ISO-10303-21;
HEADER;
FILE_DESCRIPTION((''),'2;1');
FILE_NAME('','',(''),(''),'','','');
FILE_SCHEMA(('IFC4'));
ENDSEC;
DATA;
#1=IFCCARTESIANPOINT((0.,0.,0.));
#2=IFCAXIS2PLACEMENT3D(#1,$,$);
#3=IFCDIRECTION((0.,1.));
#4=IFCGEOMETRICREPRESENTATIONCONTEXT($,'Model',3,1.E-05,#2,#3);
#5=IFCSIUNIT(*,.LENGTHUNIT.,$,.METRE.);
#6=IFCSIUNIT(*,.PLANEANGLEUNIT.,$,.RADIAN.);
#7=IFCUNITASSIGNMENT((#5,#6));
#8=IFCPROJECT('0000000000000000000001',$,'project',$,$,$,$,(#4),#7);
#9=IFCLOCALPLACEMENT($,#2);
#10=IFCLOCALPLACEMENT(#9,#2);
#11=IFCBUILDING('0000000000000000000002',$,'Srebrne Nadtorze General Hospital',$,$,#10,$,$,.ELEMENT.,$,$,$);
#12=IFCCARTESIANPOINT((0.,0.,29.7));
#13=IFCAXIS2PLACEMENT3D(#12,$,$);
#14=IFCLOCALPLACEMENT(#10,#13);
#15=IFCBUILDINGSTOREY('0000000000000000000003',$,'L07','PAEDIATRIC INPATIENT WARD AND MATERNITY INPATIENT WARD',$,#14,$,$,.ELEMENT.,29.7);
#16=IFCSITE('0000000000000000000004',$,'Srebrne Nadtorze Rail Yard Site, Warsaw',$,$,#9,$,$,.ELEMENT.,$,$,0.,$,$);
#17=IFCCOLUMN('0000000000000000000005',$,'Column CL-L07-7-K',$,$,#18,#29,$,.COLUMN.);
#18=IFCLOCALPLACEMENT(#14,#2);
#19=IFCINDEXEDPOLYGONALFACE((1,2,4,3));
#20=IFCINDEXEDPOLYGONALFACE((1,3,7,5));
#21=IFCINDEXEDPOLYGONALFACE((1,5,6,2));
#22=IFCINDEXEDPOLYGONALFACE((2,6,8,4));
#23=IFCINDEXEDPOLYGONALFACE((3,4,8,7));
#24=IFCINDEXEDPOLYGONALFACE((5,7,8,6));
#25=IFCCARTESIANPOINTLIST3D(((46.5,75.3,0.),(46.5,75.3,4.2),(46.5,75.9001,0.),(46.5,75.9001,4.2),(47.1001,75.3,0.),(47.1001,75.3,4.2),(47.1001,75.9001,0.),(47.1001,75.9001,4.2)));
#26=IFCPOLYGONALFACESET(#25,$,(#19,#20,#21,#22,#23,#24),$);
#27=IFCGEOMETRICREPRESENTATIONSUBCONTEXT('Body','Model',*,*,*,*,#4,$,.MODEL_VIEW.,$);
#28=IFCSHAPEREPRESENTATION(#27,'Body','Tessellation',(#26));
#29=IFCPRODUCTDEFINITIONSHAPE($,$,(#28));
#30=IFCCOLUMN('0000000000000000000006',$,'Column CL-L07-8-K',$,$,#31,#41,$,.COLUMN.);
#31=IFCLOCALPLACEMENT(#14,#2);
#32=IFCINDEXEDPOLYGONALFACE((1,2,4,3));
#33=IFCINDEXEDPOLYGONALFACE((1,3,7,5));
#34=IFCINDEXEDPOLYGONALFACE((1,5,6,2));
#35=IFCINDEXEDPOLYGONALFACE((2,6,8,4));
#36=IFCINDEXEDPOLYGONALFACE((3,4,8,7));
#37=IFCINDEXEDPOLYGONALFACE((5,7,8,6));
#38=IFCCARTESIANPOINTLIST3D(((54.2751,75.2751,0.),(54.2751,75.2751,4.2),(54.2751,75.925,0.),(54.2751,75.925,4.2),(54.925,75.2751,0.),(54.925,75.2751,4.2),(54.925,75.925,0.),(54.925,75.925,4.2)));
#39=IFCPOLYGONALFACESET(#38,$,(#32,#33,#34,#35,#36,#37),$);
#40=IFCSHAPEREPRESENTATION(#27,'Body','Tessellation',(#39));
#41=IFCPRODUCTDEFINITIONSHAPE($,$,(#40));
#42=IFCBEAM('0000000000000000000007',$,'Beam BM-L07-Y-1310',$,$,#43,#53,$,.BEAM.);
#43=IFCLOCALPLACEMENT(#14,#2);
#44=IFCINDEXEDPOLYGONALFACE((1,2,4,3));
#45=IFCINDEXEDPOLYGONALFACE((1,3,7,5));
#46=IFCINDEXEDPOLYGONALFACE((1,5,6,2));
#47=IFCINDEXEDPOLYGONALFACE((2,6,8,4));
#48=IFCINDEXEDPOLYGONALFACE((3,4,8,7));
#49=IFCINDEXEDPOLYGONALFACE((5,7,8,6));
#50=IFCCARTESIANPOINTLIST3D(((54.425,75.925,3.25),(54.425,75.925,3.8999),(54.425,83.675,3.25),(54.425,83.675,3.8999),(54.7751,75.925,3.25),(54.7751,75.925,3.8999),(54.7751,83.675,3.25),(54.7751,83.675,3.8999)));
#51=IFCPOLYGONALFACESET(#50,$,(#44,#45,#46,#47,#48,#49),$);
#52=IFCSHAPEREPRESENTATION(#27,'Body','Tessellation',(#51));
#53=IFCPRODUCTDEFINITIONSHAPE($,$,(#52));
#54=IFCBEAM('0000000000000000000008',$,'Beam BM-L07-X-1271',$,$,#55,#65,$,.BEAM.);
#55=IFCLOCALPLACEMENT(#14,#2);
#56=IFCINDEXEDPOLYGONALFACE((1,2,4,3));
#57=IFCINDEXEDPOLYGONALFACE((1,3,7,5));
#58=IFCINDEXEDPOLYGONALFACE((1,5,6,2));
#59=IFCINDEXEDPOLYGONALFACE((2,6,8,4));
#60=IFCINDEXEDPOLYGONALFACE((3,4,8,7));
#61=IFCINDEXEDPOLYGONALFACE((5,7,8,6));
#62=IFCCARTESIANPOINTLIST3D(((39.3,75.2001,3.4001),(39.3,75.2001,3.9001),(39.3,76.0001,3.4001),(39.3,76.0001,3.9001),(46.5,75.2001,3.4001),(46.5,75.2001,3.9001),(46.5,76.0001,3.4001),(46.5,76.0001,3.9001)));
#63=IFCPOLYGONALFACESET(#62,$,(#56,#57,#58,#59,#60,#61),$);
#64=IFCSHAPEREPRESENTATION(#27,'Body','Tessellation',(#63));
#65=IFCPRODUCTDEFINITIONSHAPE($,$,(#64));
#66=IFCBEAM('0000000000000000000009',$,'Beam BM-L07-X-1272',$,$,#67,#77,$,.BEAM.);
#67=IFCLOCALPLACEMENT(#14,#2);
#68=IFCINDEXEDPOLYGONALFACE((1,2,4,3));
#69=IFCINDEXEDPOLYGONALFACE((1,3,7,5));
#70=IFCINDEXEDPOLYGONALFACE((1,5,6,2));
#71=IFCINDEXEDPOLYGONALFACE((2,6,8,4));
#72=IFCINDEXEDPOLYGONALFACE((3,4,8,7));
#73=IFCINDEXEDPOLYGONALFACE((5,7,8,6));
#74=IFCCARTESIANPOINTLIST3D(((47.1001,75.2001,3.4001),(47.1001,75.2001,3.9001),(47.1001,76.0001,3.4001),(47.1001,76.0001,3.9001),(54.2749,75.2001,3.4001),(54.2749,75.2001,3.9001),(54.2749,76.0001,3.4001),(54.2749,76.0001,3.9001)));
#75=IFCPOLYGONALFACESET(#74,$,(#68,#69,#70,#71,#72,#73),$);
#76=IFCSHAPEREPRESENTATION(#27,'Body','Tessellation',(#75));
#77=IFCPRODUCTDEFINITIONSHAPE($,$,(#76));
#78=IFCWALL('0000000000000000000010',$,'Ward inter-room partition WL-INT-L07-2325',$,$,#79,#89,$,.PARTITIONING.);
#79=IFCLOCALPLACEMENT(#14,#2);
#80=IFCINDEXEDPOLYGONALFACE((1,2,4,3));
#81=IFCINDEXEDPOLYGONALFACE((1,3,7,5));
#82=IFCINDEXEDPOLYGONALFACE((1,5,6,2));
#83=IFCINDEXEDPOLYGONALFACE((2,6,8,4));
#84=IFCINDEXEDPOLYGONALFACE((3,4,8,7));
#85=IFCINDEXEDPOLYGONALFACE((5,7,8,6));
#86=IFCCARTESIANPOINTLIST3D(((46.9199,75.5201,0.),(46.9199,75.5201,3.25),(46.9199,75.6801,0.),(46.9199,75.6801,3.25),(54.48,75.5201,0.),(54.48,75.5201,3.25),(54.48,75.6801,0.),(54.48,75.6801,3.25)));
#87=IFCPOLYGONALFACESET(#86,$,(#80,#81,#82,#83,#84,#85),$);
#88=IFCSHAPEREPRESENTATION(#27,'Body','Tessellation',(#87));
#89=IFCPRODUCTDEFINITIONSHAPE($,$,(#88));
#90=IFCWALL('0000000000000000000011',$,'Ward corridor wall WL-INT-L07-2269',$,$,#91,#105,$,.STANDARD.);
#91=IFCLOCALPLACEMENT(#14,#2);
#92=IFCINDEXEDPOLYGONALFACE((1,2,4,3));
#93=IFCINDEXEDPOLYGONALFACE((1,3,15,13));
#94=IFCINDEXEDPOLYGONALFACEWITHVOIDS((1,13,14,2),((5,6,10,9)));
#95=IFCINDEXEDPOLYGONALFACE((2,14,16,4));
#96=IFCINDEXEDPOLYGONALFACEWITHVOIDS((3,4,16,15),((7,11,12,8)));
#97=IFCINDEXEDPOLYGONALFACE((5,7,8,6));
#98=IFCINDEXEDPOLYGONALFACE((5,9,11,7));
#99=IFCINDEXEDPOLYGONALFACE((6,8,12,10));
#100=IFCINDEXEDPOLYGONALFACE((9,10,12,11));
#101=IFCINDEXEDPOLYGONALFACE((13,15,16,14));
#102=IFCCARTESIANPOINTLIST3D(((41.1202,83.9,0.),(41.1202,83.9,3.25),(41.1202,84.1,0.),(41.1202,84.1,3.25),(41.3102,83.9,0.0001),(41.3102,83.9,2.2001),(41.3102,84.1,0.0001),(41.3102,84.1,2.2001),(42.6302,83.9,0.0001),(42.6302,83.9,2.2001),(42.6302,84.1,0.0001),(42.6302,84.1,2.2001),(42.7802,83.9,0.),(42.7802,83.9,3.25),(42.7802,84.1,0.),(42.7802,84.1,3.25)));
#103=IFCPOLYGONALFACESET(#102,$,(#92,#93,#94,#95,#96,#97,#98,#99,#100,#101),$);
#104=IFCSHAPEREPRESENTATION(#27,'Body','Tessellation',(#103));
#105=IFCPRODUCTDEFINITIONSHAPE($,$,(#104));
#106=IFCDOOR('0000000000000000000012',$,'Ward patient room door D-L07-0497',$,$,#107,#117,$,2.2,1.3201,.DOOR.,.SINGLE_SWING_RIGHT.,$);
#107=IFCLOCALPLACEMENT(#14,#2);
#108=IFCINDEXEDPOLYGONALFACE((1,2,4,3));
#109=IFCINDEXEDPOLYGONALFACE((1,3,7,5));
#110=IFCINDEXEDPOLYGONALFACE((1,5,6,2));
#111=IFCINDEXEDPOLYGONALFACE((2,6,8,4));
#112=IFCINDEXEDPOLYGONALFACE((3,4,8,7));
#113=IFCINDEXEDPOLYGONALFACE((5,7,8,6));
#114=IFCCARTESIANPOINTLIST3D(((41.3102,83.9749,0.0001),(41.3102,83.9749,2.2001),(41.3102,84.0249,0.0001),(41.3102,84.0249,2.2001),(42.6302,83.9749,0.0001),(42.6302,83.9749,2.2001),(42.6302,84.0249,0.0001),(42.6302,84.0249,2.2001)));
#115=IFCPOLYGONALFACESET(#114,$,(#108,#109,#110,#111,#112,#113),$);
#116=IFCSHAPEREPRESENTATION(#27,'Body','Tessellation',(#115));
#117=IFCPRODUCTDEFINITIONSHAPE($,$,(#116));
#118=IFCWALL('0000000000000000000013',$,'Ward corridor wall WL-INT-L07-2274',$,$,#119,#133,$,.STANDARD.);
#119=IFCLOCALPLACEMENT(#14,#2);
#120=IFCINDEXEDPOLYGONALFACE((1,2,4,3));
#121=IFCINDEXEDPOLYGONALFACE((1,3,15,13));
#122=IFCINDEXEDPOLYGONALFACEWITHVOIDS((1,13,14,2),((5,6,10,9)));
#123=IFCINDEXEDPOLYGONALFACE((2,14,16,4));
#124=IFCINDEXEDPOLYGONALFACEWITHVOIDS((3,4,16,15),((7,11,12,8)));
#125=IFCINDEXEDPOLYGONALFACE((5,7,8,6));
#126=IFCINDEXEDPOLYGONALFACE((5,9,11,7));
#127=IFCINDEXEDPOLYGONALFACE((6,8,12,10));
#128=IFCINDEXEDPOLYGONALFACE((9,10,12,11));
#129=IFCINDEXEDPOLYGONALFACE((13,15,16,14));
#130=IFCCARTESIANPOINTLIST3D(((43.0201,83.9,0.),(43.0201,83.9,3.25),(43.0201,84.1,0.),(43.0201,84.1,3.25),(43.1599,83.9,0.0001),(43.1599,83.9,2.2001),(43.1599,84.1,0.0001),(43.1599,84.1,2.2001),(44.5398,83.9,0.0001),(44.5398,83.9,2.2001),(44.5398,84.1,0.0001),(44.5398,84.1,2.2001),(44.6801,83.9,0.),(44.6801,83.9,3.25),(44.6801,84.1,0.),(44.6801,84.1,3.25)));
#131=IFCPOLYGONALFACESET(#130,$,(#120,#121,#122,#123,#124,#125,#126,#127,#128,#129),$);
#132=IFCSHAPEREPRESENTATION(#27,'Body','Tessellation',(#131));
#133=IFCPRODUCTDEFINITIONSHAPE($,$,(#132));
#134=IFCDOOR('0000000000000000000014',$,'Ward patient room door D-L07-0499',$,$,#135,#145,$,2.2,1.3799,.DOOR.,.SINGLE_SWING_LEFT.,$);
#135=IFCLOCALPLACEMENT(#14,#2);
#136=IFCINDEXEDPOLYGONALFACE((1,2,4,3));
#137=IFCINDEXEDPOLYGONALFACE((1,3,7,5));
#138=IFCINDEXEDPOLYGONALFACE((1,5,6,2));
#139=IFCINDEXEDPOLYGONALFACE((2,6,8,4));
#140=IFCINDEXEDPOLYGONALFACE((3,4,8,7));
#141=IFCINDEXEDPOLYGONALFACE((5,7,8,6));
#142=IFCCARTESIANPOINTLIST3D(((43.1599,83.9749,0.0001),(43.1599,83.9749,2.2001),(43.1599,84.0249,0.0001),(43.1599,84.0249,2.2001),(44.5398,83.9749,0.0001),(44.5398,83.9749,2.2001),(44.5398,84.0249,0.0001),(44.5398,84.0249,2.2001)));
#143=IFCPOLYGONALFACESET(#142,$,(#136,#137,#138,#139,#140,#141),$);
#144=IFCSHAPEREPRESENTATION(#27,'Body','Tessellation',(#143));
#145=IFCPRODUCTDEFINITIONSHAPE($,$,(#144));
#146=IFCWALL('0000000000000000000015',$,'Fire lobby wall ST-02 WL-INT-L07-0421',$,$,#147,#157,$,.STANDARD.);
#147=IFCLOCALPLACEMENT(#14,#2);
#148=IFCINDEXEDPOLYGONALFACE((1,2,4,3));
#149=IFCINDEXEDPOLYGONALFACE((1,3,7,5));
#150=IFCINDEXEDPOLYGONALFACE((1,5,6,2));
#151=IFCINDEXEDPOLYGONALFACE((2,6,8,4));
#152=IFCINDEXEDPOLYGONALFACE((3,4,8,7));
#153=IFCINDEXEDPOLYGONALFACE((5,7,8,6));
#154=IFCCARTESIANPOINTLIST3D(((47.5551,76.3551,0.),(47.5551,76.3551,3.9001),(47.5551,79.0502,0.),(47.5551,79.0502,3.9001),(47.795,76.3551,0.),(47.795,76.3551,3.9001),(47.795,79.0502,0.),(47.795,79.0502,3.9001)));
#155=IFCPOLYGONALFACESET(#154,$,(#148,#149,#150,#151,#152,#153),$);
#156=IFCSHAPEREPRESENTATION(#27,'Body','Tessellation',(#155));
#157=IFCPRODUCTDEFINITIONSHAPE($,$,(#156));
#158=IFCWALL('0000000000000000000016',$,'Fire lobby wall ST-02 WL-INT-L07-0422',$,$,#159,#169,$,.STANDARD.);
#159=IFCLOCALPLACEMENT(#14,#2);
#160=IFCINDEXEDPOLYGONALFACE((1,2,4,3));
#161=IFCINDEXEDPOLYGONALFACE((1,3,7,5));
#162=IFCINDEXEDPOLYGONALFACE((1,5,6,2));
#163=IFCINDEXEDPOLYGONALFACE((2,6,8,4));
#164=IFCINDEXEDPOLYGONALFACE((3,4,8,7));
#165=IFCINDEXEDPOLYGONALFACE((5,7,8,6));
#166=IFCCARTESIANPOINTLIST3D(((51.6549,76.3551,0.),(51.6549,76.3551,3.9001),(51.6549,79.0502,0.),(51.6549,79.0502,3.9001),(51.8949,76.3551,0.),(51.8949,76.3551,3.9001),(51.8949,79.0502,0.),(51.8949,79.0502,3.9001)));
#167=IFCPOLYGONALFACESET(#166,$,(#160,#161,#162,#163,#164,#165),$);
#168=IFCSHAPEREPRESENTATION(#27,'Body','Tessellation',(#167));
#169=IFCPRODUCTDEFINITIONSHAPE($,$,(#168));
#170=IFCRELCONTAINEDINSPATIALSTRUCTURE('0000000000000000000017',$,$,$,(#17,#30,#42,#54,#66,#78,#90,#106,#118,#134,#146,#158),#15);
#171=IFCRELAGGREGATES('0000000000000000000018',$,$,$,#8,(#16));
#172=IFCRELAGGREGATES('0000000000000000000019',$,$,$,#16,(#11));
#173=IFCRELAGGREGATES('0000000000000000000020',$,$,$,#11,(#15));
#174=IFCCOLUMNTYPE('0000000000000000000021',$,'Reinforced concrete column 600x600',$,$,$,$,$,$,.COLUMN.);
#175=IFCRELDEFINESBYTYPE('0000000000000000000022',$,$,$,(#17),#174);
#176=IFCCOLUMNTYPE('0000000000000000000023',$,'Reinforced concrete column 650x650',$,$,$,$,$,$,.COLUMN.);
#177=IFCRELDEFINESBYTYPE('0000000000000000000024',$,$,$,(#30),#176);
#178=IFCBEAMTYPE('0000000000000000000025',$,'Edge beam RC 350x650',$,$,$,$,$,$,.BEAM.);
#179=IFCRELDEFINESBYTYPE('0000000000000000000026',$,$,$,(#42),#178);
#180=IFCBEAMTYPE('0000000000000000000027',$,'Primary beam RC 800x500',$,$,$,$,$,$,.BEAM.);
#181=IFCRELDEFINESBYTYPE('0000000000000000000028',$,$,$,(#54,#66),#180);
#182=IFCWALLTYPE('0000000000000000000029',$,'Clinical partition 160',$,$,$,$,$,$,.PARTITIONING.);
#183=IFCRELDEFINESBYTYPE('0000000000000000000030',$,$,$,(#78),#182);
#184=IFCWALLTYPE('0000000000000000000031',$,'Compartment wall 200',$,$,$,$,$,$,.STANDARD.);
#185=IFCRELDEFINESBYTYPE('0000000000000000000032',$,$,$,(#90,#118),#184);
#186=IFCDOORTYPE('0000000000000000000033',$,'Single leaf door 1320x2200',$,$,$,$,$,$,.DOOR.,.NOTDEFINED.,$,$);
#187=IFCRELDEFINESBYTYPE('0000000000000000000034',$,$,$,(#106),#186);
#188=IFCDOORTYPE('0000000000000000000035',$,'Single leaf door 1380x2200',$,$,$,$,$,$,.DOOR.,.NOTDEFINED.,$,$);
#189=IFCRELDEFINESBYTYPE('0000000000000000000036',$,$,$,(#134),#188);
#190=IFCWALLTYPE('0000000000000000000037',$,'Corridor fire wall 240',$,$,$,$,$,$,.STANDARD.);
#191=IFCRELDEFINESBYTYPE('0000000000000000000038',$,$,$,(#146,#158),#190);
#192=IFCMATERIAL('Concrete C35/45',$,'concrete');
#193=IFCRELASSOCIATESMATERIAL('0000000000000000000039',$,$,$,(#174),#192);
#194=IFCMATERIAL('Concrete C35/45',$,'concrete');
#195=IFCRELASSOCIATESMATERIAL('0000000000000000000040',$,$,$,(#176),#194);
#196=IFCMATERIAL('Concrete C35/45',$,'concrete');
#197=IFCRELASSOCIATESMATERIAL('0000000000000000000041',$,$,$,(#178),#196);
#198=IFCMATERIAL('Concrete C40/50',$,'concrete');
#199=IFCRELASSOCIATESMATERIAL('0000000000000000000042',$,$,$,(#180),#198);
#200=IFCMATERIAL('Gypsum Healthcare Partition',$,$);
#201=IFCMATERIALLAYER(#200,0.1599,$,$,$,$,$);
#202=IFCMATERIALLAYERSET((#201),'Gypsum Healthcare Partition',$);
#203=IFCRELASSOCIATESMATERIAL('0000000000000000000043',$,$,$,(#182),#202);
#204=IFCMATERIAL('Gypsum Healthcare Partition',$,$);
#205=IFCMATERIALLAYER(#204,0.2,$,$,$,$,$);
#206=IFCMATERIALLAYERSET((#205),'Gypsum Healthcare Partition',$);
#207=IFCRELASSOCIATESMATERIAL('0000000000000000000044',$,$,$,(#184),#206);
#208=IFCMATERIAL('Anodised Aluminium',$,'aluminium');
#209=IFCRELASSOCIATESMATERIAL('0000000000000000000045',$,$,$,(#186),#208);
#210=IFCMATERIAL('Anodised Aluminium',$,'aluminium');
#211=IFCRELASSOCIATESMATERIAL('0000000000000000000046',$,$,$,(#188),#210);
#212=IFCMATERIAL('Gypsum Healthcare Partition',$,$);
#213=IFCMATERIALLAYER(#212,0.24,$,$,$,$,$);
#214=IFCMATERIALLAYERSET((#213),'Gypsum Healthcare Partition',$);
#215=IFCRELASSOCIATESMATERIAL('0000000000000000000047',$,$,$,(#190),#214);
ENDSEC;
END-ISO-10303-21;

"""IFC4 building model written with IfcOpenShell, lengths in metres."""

from ifc_helpers import new_model, si_unit, direction, frame, frame_2d, origin, origin_2d, place, context, subcontext, project, spatial, rectangle, extrude, material, layer, layer_set, material_profile, profile_set, type_object, element, fill, save


model = new_model("IFC4")

# Units and contexts
model_context = context("Model", 3, precision=1e-05, world=origin(), true_north=direction((0.0, 1.0)))
body_context = subcontext(model_context, "Body", "Model", "MODEL_VIEW")
ifc_project = project(units=[si_unit("LENGTHUNIT", "METRE"), si_unit("PLANEANGLEUNIT", "RADIAN")], contexts=[model_context])

# Site, building, storey
site_placement = place(None, origin())
site = spatial("IfcSite", under=ifc_project, at=site_placement, Name="Srebrne Nadtorze Rail Yard Site, Warsaw", CompositionType="ELEMENT", RefElevation=0.0)
building_placement = place(site_placement, origin())
building = spatial("IfcBuilding", under=site, at=building_placement, Name="Srebrne Nadtorze General Hospital", CompositionType="ELEMENT")
storey_placement = place(building_placement, frame((0.0, 0.0, 29.7)))
storey = spatial("IfcBuildingStorey", under=building, at=storey_placement, Name="L07", Description="PAEDIATRIC INPATIENT WARD AND MATERNITY INPATIENT WARD", CompositionType="ELEMENT", Elevation=29.7)

# Columns
ifc_material_1 = material(Name="Concrete C35/45", Category="concrete")
ifc_material_profile_1 = material_profile(ifc_material_1, rectangle(XDim=0.6001, YDim=0.6001, at=origin_2d()), Name="RC-COL-600x600")
ifc_profile_set_1 = profile_set([ifc_material_profile_1], Name="Concrete C35/45")
column_type_1 = type_object("IfcColumnType", Name="Reinforced concrete column 600x600", PredefinedType="COLUMN", material=ifc_profile_set_1)
column_1_placement = place(storey_placement, frame((46.8, 75.6001, 0.0), z_axis=(0.0, 0.0, 1.0), x_axis=(1.0, 0.0, 0.0)))
element("IfcColumn", 1, at=column_1_placement, inside=storey, type_object=column_type_1, Name="Column CL-L07-7-K", PredefinedType="COLUMN", context=body_context, shape_type="SweptSolid", body=[
    extrude(rectangle(XDim=0.6001, YDim=0.6001, at=origin_2d()), origin(), (0.0, 0.0, 1.0), 4.2),
])
ifc_material_2 = material(Name="Concrete C35/45", Category="concrete")
ifc_material_profile_2 = material_profile(ifc_material_2, rectangle(XDim=0.6499, YDim=0.6499, at=origin_2d()), Name="RC-COL-650x650")
ifc_profile_set_2 = profile_set([ifc_material_profile_2], Name="Concrete C35/45")
column_type_2 = type_object("IfcColumnType", Name="Reinforced concrete column 650x650", PredefinedType="COLUMN", material=ifc_profile_set_2)
column_2_placement = place(storey_placement, frame((54.6001, 75.6001, 0.0), z_axis=(0.0, 0.0, 1.0), x_axis=(1.0, 0.0, 0.0)))
element("IfcColumn", 2, at=column_2_placement, inside=storey, type_object=column_type_2, Name="Column CL-L07-8-K", PredefinedType="COLUMN", context=body_context, shape_type="SweptSolid", body=[
    extrude(rectangle(XDim=0.6499, YDim=0.6499, at=origin_2d()), origin(), (0.0, 0.0, 1.0), 4.2),
])

# Beams
ifc_material_3 = material(Name="Concrete C35/45", Category="concrete")
ifc_material_profile_3 = material_profile(ifc_material_3, rectangle(XDim=0.3501, YDim=0.6499, at=origin_2d()), Name="RC-BM-350x650")
ifc_profile_set_3 = profile_set([ifc_material_profile_3], Name="Concrete C35/45")
beam_type_1 = type_object("IfcBeamType", Name="Edge beam RC 350x650", PredefinedType="BEAM", material=ifc_profile_set_3)
beam_1_placement = place(storey_placement, frame((54.6001, 75.925, 3.575), z_axis=(0.0, 1.0, 0.0), x_axis=(-1.0, 0.0, 0.0)))
element("IfcBeam", 3, at=beam_1_placement, inside=storey, type_object=beam_type_1, Name="Beam BM-L07-Y-1310", PredefinedType="BEAM", context=body_context, shape_type="SweptSolid", body=[
    extrude(rectangle(XDim=0.3501, YDim=0.6499, at=origin_2d()), origin(), (0.0, 0.0, 1.0), 7.75),
])
ifc_material_4 = material(Name="Concrete C40/50", Category="concrete")
ifc_material_profile_4 = material_profile(ifc_material_4, rectangle(XDim=0.8, YDim=0.5, at=origin_2d()), Name="RC-BM-800x500")
ifc_profile_set_4 = profile_set([ifc_material_profile_4], Name="Concrete C40/50")
beam_type_2 = type_object("IfcBeamType", Name="Primary beam RC 800x500", PredefinedType="BEAM", material=ifc_profile_set_4)
beam_2_placement = place(storey_placement, frame((39.3, 75.6001, 3.6501), z_axis=(1.0, 0.0, 0.0), x_axis=(0.0, 1.0, 0.0)))
element("IfcBeam", 4, at=beam_2_placement, inside=storey, type_object=beam_type_2, Name="Beam BM-L07-X-1271", PredefinedType="BEAM", context=body_context, shape_type="SweptSolid", body=[
    extrude(rectangle(XDim=0.8, YDim=0.5, at=origin_2d()), origin(), (0.0, 0.0, 1.0), 7.2),
])
beam_3_placement = place(storey_placement, frame((47.1001, 75.6001, 3.6501), z_axis=(1.0, 0.0, 0.0), x_axis=(0.0, 1.0, 0.0)))
element("IfcBeam", 5, at=beam_3_placement, inside=storey, type_object=beam_type_2, Name="Beam BM-L07-X-1272", PredefinedType="BEAM", context=body_context, shape_type="SweptSolid", body=[
    extrude(rectangle(XDim=0.8, YDim=0.5, at=origin_2d()), origin(), (0.0, 0.0, 1.0), 7.1748),
])

# Wall
ifc_material_5 = material(Name="Gypsum Healthcare Partition")
ifc_layer_1 = layer(ifc_material_5, 0.1599)
ifc_layer_set_1 = layer_set([ifc_layer_1], Name="Gypsum Healthcare Partition")
wall_type_1 = type_object("IfcWallType", Name="Clinical partition 160", PredefinedType="PARTITIONING", material=ifc_layer_set_1)
wall_1_placement = place(storey_placement, frame((46.9199, 75.6001, 0.0), z_axis=(0.0, 0.0, 1.0), x_axis=(1.0, 0.0, 0.0)))
element("IfcWall", 6, at=wall_1_placement, inside=storey, type_object=wall_type_1, Name="Ward inter-room partition WL-INT-L07-2325", PredefinedType="PARTITIONING", context=body_context, shape_type="SweptSolid", body=[
    extrude(rectangle(XDim=7.5601, YDim=0.1599, at=frame_2d((3.78, 0.0))), origin(), (0.0, 0.0, 1.0), 3.25),
])

# Walls, openings, doors
ifc_material_6 = material(Name="Gypsum Healthcare Partition")
ifc_layer_2 = layer(ifc_material_6, 0.2)
ifc_layer_set_2 = layer_set([ifc_layer_2], Name="Gypsum Healthcare Partition")
wall_type_2 = type_object("IfcWallType", Name="Compartment wall 200", PredefinedType="STANDARD", material=ifc_layer_set_2)
wall_2_placement = place(storey_placement, frame((41.1201, 84.0, 0.0), z_axis=(0.0, 0.0, 1.0), x_axis=(1.0, 0.0, 0.0)))
wall_2 = element("IfcWall", 7, at=wall_2_placement, inside=storey, type_object=wall_type_2, Name="Ward corridor wall WL-INT-L07-2269", PredefinedType="STANDARD", context=body_context, shape_type="SweptSolid", body=[
    extrude(rectangle(XDim=1.6599, YDim=0.2, at=frame_2d((0.8301, 0.0))), origin(), (0.0, 0.0, 1.0), 3.25),
])
opening_1_placement = place(wall_2_placement, frame((0.1899, 0.0, 0.0)))
opening_1 = element("IfcOpeningElement", 8, at=opening_1_placement, cuts=wall_2, PredefinedType="OPENING", context=body_context, shape_type="SweptSolid", body=[
    extrude(rectangle(XDim=1.3201, YDim=2.2, at=frame_2d((0.6602, 1.1001))), frame((0.0, 0.1118, 0.0), z_axis=(0.0, -1.0, 0.0), x_axis=(1.0, 0.0, 0.0)), (0.0, 0.0, 1.0), 0.2239),
])
ifc_material_7 = material(Name="Anodised Aluminium", Category="aluminium")
door_type_1 = type_object("IfcDoorType", Name="Single leaf door 1320x2200", OperationType="NOTDEFINED", PredefinedType="DOOR", material=ifc_material_7)
door_1_placement = place(opening_1_placement, origin())
door_1 = element("IfcDoor", 9, at=door_1_placement, inside=storey, type_object=door_type_1, Name="Ward patient room door D-L07-0497", OperationType="SINGLE_SWING_RIGHT", OverallHeight=2.2, OverallWidth=1.3201, PredefinedType="DOOR", context=body_context, shape_type="SweptSolid", body=[
    extrude(rectangle(XDim=1.3201, YDim=2.2, at=frame_2d((0.6602, 1.1001))), frame((0.0, 0.0249, 0.0), z_axis=(0.0, -1.0, 0.0), x_axis=(1.0, 0.0, 0.0)), (0.0, 0.0, 1.0), 0.05),
])
fill(opening_1, door_1)
wall_3_placement = place(storey_placement, frame((43.02, 84.0, 0.0), z_axis=(0.0, 0.0, 1.0), x_axis=(1.0, 0.0, 0.0)))
wall_3 = element("IfcWall", 10, at=wall_3_placement, inside=storey, type_object=wall_type_2, Name="Ward corridor wall WL-INT-L07-2274", PredefinedType="STANDARD", context=body_context, shape_type="SweptSolid", body=[
    extrude(rectangle(XDim=1.6599, YDim=0.2, at=frame_2d((0.8301, 0.0))), origin(), (0.0, 0.0, 1.0), 3.25),
])
opening_2_placement = place(wall_3_placement, frame((0.1399, 0.0, 0.0)))
opening_2 = element("IfcOpeningElement", 11, at=opening_2_placement, cuts=wall_3, PredefinedType="OPENING", context=body_context, shape_type="SweptSolid", body=[
    extrude(rectangle(XDim=1.3799, YDim=2.2, at=frame_2d((0.6899, 1.1001))), frame((0.0, 0.1118, 0.0), z_axis=(0.0, -1.0, 0.0), x_axis=(1.0, 0.0, 0.0)), (0.0, 0.0, 1.0), 0.2239),
])
ifc_material_8 = material(Name="Anodised Aluminium", Category="aluminium")
door_type_2 = type_object("IfcDoorType", Name="Single leaf door 1380x2200", OperationType="NOTDEFINED", PredefinedType="DOOR", material=ifc_material_8)
door_2_placement = place(opening_2_placement, origin())
door_2 = element("IfcDoor", 12, at=door_2_placement, inside=storey, type_object=door_type_2, Name="Ward patient room door D-L07-0499", OperationType="SINGLE_SWING_LEFT", OverallHeight=2.2, OverallWidth=1.3799, PredefinedType="DOOR", context=body_context, shape_type="SweptSolid", body=[
    extrude(rectangle(XDim=1.3799, YDim=2.2, at=frame_2d((0.6899, 1.1001))), frame((0.0, 0.0249, 0.0), z_axis=(0.0, -1.0, 0.0), x_axis=(1.0, 0.0, 0.0)), (0.0, 0.0, 1.0), 0.05),
])
fill(opening_2, door_2)

# Walls
ifc_material_9 = material(Name="Gypsum Healthcare Partition")
ifc_layer_3 = layer(ifc_material_9, 0.24)
ifc_layer_set_3 = layer_set([ifc_layer_3], Name="Gypsum Healthcare Partition")
wall_type_3 = type_object("IfcWallType", Name="Corridor fire wall 240", PredefinedType="STANDARD", material=ifc_layer_set_3)
for number, where, z_axis, x_axis, name in (
    (13, (47.675, 76.355, 0.0), (0.0, 0.0, 1.0), (0.0, 1.0, 0.0), "Fire lobby wall ST-02 WL-INT-L07-0421"),
    (14, (51.7749, 76.355, 0.0), (0.0, 0.0, 1.0), (0.0, 1.0, 0.0), "Fire lobby wall ST-02 WL-INT-L07-0422"),
):
    element("IfcWall", number, at=place(storey_placement, frame(where, z_axis=z_axis, x_axis=x_axis)), inside=storey, type_object=wall_type_3, Name=name, PredefinedType="STANDARD", context=body_context, shape_type="SweptSolid", body=[
        extrude(rectangle(XDim=2.6951, YDim=0.24, at=frame_2d((1.3477, 0.0))), origin(), (0.0, 0.0, 1.0), 3.9001),
    ])

save(model, "model.ifc")
